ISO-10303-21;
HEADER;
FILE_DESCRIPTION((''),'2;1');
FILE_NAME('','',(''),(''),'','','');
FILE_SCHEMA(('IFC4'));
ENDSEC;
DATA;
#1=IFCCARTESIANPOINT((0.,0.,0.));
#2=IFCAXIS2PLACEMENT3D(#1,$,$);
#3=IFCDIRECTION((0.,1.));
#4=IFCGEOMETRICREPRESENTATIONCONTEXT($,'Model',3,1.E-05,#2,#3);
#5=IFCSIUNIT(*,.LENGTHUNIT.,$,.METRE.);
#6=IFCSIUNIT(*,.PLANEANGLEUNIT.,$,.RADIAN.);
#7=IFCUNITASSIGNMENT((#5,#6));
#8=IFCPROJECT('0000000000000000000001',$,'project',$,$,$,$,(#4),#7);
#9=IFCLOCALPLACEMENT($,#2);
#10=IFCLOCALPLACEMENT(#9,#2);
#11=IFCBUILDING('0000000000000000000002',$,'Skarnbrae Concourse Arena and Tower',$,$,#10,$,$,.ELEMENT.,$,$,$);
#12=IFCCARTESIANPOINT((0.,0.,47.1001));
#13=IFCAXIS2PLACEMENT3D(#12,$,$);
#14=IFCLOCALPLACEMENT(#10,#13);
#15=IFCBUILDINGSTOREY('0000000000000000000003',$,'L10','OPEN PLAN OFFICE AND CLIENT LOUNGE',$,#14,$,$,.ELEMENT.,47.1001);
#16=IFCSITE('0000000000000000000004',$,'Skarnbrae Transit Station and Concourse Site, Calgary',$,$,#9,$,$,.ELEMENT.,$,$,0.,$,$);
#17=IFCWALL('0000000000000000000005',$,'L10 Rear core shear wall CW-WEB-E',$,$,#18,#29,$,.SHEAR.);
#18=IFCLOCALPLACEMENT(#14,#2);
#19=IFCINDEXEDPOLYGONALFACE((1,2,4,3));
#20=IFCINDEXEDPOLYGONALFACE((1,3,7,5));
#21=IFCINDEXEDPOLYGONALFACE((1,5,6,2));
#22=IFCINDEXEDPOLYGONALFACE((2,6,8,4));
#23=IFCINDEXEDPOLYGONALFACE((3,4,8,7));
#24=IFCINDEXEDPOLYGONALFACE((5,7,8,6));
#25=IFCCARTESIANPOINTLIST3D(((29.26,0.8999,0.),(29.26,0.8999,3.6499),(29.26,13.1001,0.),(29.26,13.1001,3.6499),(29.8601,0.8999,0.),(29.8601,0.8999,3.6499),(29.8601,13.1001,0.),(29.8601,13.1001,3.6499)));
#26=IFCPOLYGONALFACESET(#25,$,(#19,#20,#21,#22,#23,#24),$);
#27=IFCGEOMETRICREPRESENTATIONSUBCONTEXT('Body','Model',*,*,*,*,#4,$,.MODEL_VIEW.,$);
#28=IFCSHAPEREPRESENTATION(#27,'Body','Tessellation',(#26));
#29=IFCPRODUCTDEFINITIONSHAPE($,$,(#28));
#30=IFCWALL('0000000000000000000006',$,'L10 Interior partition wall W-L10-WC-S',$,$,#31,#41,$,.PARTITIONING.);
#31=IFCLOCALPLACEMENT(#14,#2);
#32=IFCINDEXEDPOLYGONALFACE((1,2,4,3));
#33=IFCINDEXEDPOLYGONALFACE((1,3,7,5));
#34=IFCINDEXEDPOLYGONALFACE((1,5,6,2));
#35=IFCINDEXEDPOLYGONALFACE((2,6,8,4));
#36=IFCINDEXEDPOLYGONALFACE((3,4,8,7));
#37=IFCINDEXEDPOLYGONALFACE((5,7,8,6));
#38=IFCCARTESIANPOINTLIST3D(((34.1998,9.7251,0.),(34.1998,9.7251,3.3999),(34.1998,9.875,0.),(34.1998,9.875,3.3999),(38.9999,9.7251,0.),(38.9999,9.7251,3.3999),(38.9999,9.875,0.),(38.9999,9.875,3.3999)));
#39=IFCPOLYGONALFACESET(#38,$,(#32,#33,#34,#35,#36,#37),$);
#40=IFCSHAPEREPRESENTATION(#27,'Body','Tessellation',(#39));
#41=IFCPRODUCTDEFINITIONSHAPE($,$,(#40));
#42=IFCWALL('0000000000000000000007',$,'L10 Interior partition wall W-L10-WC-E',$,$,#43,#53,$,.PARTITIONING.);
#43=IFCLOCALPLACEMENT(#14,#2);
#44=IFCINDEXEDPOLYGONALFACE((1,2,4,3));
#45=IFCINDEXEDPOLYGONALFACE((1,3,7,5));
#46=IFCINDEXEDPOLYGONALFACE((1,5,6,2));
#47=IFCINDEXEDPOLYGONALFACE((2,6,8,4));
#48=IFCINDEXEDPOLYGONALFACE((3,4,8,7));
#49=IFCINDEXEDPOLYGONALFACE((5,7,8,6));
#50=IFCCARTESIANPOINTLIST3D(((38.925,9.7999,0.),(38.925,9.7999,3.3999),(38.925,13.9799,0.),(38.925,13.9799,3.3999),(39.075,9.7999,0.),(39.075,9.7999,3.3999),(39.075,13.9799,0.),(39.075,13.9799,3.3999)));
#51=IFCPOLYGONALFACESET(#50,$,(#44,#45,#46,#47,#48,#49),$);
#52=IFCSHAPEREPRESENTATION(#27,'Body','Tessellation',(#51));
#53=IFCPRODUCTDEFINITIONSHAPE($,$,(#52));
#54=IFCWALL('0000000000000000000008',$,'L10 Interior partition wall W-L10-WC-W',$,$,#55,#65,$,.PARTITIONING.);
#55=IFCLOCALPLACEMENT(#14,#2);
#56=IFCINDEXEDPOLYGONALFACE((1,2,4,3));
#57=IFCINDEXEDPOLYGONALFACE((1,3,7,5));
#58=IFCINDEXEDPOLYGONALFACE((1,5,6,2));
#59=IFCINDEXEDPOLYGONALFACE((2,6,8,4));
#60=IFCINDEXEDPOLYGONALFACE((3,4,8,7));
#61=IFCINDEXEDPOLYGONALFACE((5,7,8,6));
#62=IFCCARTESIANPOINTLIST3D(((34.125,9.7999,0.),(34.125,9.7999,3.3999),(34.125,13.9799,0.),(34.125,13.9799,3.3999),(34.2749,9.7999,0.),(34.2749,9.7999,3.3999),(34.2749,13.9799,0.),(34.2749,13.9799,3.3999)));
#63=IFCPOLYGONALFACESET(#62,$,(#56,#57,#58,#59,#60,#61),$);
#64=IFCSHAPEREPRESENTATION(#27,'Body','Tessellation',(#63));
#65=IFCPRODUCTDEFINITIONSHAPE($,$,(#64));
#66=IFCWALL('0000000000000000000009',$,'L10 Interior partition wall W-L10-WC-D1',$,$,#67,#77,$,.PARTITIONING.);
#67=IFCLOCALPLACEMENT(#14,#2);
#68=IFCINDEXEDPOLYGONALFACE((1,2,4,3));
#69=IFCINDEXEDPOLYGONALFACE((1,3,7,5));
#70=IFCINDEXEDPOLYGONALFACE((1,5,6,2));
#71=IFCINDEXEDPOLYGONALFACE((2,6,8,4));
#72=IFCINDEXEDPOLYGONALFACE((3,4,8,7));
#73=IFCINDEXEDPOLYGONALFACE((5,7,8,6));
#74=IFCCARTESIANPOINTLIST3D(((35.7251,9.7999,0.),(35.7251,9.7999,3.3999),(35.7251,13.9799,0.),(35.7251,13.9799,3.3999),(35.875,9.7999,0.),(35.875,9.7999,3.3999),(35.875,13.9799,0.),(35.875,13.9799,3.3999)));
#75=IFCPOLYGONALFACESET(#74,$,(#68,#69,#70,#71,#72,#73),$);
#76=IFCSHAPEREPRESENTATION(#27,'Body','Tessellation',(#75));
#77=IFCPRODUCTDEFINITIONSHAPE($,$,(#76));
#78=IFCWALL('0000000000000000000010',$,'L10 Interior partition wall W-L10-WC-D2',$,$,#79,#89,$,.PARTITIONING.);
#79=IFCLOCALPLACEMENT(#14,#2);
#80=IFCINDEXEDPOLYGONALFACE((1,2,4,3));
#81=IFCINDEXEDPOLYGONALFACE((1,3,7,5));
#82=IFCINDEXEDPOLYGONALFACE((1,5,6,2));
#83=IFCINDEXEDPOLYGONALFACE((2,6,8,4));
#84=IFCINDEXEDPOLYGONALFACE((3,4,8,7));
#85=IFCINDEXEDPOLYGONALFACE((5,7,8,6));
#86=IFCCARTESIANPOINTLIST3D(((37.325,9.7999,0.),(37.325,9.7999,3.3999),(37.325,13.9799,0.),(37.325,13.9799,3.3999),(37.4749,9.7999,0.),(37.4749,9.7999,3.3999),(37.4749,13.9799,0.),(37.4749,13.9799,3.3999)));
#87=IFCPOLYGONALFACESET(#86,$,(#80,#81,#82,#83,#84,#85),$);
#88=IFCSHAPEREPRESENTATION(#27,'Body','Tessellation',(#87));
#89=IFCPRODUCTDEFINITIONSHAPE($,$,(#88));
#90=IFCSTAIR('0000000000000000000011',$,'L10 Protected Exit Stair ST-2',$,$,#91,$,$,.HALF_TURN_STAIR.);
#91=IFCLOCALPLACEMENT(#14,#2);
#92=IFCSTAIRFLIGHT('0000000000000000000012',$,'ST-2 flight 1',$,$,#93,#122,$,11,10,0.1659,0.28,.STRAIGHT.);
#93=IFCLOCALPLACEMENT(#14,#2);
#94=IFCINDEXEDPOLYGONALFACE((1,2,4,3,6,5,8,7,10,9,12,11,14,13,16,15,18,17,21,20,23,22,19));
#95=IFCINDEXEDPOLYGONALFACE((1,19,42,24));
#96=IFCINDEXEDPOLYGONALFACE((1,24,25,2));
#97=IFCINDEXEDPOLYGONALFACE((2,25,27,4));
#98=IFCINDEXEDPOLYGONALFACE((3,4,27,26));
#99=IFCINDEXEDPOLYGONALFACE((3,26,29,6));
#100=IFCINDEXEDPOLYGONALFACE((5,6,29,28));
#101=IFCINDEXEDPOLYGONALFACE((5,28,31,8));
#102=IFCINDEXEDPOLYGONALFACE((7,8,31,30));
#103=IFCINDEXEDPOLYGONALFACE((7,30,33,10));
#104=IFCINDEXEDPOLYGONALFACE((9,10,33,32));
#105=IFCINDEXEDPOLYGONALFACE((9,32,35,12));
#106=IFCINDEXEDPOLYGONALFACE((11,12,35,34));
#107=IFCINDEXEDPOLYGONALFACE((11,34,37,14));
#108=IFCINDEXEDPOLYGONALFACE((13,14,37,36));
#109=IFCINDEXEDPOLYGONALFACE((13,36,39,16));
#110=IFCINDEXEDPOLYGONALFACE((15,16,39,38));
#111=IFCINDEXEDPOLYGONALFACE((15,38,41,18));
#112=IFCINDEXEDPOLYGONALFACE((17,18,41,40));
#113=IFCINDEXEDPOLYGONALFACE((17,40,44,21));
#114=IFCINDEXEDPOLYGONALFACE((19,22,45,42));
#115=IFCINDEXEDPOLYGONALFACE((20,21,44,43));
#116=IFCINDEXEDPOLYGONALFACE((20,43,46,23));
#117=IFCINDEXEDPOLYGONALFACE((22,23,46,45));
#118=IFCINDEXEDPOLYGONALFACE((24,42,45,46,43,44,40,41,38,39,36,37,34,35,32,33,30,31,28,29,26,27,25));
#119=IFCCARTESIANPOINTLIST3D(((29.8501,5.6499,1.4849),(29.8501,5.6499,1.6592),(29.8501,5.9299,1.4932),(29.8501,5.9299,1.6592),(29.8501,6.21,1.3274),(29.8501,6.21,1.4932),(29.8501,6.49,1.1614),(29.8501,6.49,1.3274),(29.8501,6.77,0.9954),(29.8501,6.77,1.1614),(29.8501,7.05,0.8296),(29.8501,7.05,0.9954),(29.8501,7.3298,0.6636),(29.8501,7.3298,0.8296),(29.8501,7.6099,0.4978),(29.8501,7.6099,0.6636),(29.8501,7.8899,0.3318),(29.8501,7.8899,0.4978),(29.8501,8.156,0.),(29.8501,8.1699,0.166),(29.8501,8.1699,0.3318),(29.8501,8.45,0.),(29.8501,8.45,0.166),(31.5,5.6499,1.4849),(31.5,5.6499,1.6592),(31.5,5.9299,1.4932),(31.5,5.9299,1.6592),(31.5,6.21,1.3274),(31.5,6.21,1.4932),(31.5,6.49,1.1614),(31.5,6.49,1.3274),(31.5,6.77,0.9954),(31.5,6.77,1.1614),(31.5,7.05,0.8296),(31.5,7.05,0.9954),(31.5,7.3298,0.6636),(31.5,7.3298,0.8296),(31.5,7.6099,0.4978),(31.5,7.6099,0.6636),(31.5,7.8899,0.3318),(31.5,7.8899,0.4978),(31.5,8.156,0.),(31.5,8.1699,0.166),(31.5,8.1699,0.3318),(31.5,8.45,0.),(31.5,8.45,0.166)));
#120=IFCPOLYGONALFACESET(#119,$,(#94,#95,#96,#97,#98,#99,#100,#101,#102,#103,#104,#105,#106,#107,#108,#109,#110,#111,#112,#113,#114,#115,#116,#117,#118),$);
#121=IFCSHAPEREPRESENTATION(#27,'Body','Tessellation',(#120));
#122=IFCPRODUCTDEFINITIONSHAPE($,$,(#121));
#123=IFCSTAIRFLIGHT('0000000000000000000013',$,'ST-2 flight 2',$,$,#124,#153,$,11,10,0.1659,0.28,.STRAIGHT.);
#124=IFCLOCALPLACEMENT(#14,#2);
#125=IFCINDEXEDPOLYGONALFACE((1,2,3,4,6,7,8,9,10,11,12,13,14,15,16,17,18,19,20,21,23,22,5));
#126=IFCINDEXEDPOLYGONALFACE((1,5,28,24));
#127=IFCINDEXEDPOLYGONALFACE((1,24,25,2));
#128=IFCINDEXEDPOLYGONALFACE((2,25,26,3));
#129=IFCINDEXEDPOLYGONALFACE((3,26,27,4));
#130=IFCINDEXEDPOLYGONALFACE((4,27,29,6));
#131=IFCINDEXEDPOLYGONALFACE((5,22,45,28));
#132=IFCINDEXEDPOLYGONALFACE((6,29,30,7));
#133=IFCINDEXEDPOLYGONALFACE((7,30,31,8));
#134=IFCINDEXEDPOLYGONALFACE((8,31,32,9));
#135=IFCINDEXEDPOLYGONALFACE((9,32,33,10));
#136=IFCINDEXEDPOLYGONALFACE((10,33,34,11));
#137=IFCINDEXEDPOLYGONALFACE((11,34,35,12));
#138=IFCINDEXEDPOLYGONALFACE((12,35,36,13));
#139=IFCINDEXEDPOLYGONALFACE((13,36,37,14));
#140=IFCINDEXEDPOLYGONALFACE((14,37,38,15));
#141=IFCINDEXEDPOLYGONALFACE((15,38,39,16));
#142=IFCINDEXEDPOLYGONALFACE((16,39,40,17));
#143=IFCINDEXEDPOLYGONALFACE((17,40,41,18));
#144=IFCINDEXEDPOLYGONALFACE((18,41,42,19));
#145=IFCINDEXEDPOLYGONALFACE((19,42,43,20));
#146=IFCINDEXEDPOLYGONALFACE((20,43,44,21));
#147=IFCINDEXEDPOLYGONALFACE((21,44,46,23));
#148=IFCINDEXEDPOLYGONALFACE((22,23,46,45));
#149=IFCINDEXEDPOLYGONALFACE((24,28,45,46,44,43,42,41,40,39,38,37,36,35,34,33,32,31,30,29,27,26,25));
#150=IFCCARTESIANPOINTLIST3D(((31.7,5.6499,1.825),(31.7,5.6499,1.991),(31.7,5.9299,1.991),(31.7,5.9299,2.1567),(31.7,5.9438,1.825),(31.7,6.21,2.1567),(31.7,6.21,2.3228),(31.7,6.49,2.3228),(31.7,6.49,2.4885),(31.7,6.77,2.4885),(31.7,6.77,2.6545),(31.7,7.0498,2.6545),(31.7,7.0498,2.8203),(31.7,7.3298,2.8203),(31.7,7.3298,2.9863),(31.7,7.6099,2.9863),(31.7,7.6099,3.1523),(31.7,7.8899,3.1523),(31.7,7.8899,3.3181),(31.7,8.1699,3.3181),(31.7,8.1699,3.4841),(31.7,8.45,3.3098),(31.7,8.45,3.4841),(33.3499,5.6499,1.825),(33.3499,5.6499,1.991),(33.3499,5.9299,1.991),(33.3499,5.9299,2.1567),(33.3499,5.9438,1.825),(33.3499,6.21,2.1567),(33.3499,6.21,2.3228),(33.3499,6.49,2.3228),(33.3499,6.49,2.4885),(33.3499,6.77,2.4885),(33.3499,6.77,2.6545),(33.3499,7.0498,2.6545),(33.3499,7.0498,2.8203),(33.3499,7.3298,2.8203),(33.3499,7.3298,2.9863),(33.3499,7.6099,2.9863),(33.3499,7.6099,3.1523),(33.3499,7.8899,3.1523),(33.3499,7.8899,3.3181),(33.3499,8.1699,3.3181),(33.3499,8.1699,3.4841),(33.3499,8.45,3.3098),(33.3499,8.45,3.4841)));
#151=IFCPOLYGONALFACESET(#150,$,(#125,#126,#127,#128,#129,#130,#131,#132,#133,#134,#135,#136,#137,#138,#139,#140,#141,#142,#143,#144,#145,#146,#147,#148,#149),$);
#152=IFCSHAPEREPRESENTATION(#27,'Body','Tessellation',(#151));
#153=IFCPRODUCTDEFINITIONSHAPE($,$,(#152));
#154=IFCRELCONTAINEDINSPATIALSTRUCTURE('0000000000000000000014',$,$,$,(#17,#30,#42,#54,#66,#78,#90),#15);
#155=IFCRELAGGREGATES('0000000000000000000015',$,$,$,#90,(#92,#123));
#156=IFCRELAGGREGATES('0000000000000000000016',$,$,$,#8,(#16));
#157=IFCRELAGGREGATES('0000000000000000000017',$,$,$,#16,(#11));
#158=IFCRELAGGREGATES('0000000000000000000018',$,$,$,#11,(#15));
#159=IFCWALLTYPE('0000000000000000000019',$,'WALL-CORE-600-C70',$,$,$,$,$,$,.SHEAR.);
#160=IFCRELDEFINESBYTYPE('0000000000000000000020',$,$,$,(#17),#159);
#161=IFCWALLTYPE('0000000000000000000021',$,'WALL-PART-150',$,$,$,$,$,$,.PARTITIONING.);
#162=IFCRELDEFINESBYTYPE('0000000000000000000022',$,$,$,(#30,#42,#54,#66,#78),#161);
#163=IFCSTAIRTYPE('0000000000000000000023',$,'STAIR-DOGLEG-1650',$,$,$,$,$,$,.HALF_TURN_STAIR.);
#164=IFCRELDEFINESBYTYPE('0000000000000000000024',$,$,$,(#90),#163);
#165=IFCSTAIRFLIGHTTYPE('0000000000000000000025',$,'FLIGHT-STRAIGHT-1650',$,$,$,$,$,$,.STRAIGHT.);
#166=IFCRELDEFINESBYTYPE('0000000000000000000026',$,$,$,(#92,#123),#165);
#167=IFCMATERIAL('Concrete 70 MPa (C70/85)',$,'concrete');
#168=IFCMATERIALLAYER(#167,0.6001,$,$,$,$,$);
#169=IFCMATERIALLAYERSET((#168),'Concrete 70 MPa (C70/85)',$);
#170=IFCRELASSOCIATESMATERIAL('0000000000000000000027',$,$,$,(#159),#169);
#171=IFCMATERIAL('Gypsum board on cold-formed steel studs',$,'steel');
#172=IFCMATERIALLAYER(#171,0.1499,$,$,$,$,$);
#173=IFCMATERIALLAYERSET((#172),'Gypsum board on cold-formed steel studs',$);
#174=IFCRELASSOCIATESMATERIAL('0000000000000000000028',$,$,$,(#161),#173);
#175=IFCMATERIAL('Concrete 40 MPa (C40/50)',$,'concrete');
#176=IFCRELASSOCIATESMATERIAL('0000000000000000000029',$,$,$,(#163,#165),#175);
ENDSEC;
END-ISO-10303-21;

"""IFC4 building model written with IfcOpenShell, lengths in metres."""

from ifc_helpers import new_model, si_unit, direction, frame, frame_2d, origin, place, context, subcontext, project, spatial, polyline, rectangle, outline, extrude, source, transform, mapped, material, layer, layer_set, type_object, element, aggregate, save


model = new_model("IFC4")

# Units and contexts
model_context = context("Model", 3, precision=1e-05, world=origin(), true_north=direction((0.0, 1.0)))
body_context = subcontext(model_context, "Body", "Model", "MODEL_VIEW")
ifc_project = project(units=[si_unit("LENGTHUNIT", "METRE"), si_unit("PLANEANGLEUNIT", "RADIAN")], contexts=[model_context])

# Site, building, storey
site_placement = place(None, origin())
site = spatial("IfcSite", under=ifc_project, at=site_placement, Name="Skarnbrae Transit Station and Concourse Site, Calgary", CompositionType="ELEMENT", RefElevation=0.0)
building_placement = place(site_placement, origin())
building = spatial("IfcBuilding", under=site, at=building_placement, Name="Skarnbrae Concourse Arena and Tower", CompositionType="ELEMENT")
storey_placement = place(building_placement, frame((0.0, 0.0, 47.1001)))
storey = spatial("IfcBuildingStorey", under=building, at=storey_placement, Name="L10", Description="OPEN PLAN OFFICE AND CLIENT LOUNGE", CompositionType="ELEMENT", Elevation=47.1001)

# Wall
ifc_material_1 = material(Name="Concrete 70 MPa (C70/85)", Category="concrete")
ifc_layer_1 = layer(ifc_material_1, 0.6001)
ifc_layer_set_1 = layer_set([ifc_layer_1], Name="Concrete 70 MPa (C70/85)")
wall_type_1 = type_object("IfcWallType", Name="WALL-CORE-600-C70", PredefinedType="SHEAR", material=ifc_layer_set_1)
shared_shape_1 = source(origin(), body_context, "Body", "SweptSolid", [
    extrude(rectangle(XDim=12.2002, YDim=0.6001, at=frame_2d((6.1001, 0.0))), origin(), (0.0, 0.0, 1.0), 3.6499),
])
wall_1_placement = place(storey_placement, frame((29.5601, 0.8999, 0.0), z_axis=(0.0, 0.0, 1.0), x_axis=(0.0, 1.0, 0.0)))
element("IfcWall", 1, at=wall_1_placement, inside=storey, type_object=wall_type_1, Name="L10 Rear core shear wall CW-WEB-E", PredefinedType="SHEAR", context=body_context, shape_type="MappedRepresentation", body=[
    mapped(shared_shape_1, transform((0.0, 0.0, 0.0))),
])

# Walls
ifc_material_2 = material(Name="Gypsum board on cold-formed steel studs", Category="steel")
ifc_layer_2 = layer(ifc_material_2, 0.1499)
ifc_layer_set_2 = layer_set([ifc_layer_2], Name="Gypsum board on cold-formed steel studs")
wall_type_2 = type_object("IfcWallType", Name="WALL-PART-150", PredefinedType="PARTITIONING", material=ifc_layer_set_2)
shared_shape_2 = source(origin(), body_context, "Body", "SweptSolid", [
    extrude(rectangle(XDim=4.8, YDim=0.1499, at=frame_2d((2.3999, 0.0))), origin(), (0.0, 0.0, 1.0), 3.3999),
])
wall_2_placement = place(storey_placement, frame((34.2, 9.8, 0.0), z_axis=(0.0, 0.0, 1.0), x_axis=(1.0, 0.0, 0.0)))
element("IfcWall", 2, at=wall_2_placement, inside=storey, type_object=wall_type_2, Name="L10 Interior partition wall W-L10-WC-S", PredefinedType="PARTITIONING", context=body_context, shape_type="MappedRepresentation", body=[
    mapped(shared_shape_2, transform((0.0, 0.0, 0.0))),
])
shared_shape_3 = source(origin(), body_context, "Body", "SweptSolid", [
    extrude(rectangle(XDim=4.1799, YDim=0.1499, at=frame_2d((2.0898, 0.0))), origin(), (0.0, 0.0, 1.0), 3.3999),
])
for number, where, z_axis, x_axis, name in (
    (3, (39.0, 9.8, 0.0), (0.0, 0.0, 1.0), (0.0, 1.0, 0.0), "L10 Interior partition wall W-L10-WC-E"),
    (4, (34.2, 9.8, 0.0), (0.0, 0.0, 1.0), (0.0, 1.0, 0.0), "L10 Interior partition wall W-L10-WC-W"),
    (5, (35.8, 9.8, 0.0), (0.0, 0.0, 1.0), (0.0, 1.0, 0.0), "L10 Interior partition wall W-L10-WC-D1"),
    (6, (37.3999, 9.8, 0.0), (0.0, 0.0, 1.0), (0.0, 1.0, 0.0), "L10 Interior partition wall W-L10-WC-D2"),
):
    element("IfcWall", number, at=place(storey_placement, frame(where, z_axis=z_axis, x_axis=x_axis)), inside=storey, type_object=wall_type_2, Name=name, PredefinedType="PARTITIONING", context=body_context, shape_type="MappedRepresentation", body=[
        mapped(shared_shape_3, transform((0.0, 0.0, 0.0))),
    ])

# Stair, stair flights
ifc_material_3 = material(Name="Concrete 40 MPa (C40/50)", Category="concrete")
stair_type = type_object("IfcStairType", Name="STAIR-DOGLEG-1650", PredefinedType="HALF_TURN_STAIR", material=ifc_material_3)
stair_placement = place(storey_placement, origin())
stair = element("IfcStair", 7, at=stair_placement, inside=storey, type_object=stair_type, Name="L10 Protected Exit Stair ST-2", PredefinedType="HALF_TURN_STAIR")
stair_flight_type = type_object("IfcStairFlightType", Name="FLIGHT-STRAIGHT-1650", PredefinedType="STRAIGHT", material=ifc_material_3)
shared_shape_4 = source(origin(), body_context, "Body", "SweptSolid", [
    extrude(outline(polyline([(0.0, 0.0), (0.0, 0.166), (0.28, 0.166), (0.28, 0.3318), (0.5601, 0.3318), (0.5601, 0.4978), (0.8401, 0.4978), (0.8401, 0.6636), (1.1201, 0.6636), (1.1201, 0.8296), (1.3999, 0.8296), (1.3999, 0.9954), (1.6799, 0.9954), (1.6799, 1.1614), (1.96, 1.1614), (1.96, 1.3274), (2.24, 1.3274), (2.24, 1.4932), (2.52, 1.4932), (2.52, 1.6592), (2.8, 1.6592), (2.8, 1.825), (2.8, 1.4849), (0.2939, 0.0), (0.0, 0.0)])), frame((0.0, 0.825, 0.0), z_axis=(0.0, -1.0, 0.0), x_axis=(1.0, 0.0, 0.0)), (0.0, 0.0, 1.0), 1.6499),
])
stair_flight_1_placement = place(storey_placement, frame((30.675, 8.45, 0.0), z_axis=(0.0, 0.0, 1.0), x_axis=(0.0, -1.0, 0.0)))
stair_flight_1 = element("IfcStairFlight", 8, at=stair_flight_1_placement, type_object=stair_flight_type, Name="ST-2 flight 1", NumberOfRisers=11, NumberOfTreads=10, PredefinedType="STRAIGHT", RiserHeight=0.1659, TreadLength=0.28, context=body_context, shape_type="MappedRepresentation", body=[
    mapped(shared_shape_4, transform((0.0, 0.0, 0.0))),
])
stair_flight_2_placement = place(storey_placement, frame((32.5249, 5.6499, 1.825), z_axis=(0.0, 0.0, 1.0), x_axis=(0.0, 1.0, 0.0)))
stair_flight_2 = element("IfcStairFlight", 9, at=stair_flight_2_placement, type_object=stair_flight_type, Name="ST-2 flight 2", NumberOfRisers=11, NumberOfTreads=10, PredefinedType="STRAIGHT", RiserHeight=0.1659, TreadLength=0.28, context=body_context, shape_type="MappedRepresentation", body=[
    mapped(shared_shape_4, transform((0.0, 0.0, 0.0))),
])
aggregate(stair, [stair_flight_1, stair_flight_2])

save(model, "model.ifc")
